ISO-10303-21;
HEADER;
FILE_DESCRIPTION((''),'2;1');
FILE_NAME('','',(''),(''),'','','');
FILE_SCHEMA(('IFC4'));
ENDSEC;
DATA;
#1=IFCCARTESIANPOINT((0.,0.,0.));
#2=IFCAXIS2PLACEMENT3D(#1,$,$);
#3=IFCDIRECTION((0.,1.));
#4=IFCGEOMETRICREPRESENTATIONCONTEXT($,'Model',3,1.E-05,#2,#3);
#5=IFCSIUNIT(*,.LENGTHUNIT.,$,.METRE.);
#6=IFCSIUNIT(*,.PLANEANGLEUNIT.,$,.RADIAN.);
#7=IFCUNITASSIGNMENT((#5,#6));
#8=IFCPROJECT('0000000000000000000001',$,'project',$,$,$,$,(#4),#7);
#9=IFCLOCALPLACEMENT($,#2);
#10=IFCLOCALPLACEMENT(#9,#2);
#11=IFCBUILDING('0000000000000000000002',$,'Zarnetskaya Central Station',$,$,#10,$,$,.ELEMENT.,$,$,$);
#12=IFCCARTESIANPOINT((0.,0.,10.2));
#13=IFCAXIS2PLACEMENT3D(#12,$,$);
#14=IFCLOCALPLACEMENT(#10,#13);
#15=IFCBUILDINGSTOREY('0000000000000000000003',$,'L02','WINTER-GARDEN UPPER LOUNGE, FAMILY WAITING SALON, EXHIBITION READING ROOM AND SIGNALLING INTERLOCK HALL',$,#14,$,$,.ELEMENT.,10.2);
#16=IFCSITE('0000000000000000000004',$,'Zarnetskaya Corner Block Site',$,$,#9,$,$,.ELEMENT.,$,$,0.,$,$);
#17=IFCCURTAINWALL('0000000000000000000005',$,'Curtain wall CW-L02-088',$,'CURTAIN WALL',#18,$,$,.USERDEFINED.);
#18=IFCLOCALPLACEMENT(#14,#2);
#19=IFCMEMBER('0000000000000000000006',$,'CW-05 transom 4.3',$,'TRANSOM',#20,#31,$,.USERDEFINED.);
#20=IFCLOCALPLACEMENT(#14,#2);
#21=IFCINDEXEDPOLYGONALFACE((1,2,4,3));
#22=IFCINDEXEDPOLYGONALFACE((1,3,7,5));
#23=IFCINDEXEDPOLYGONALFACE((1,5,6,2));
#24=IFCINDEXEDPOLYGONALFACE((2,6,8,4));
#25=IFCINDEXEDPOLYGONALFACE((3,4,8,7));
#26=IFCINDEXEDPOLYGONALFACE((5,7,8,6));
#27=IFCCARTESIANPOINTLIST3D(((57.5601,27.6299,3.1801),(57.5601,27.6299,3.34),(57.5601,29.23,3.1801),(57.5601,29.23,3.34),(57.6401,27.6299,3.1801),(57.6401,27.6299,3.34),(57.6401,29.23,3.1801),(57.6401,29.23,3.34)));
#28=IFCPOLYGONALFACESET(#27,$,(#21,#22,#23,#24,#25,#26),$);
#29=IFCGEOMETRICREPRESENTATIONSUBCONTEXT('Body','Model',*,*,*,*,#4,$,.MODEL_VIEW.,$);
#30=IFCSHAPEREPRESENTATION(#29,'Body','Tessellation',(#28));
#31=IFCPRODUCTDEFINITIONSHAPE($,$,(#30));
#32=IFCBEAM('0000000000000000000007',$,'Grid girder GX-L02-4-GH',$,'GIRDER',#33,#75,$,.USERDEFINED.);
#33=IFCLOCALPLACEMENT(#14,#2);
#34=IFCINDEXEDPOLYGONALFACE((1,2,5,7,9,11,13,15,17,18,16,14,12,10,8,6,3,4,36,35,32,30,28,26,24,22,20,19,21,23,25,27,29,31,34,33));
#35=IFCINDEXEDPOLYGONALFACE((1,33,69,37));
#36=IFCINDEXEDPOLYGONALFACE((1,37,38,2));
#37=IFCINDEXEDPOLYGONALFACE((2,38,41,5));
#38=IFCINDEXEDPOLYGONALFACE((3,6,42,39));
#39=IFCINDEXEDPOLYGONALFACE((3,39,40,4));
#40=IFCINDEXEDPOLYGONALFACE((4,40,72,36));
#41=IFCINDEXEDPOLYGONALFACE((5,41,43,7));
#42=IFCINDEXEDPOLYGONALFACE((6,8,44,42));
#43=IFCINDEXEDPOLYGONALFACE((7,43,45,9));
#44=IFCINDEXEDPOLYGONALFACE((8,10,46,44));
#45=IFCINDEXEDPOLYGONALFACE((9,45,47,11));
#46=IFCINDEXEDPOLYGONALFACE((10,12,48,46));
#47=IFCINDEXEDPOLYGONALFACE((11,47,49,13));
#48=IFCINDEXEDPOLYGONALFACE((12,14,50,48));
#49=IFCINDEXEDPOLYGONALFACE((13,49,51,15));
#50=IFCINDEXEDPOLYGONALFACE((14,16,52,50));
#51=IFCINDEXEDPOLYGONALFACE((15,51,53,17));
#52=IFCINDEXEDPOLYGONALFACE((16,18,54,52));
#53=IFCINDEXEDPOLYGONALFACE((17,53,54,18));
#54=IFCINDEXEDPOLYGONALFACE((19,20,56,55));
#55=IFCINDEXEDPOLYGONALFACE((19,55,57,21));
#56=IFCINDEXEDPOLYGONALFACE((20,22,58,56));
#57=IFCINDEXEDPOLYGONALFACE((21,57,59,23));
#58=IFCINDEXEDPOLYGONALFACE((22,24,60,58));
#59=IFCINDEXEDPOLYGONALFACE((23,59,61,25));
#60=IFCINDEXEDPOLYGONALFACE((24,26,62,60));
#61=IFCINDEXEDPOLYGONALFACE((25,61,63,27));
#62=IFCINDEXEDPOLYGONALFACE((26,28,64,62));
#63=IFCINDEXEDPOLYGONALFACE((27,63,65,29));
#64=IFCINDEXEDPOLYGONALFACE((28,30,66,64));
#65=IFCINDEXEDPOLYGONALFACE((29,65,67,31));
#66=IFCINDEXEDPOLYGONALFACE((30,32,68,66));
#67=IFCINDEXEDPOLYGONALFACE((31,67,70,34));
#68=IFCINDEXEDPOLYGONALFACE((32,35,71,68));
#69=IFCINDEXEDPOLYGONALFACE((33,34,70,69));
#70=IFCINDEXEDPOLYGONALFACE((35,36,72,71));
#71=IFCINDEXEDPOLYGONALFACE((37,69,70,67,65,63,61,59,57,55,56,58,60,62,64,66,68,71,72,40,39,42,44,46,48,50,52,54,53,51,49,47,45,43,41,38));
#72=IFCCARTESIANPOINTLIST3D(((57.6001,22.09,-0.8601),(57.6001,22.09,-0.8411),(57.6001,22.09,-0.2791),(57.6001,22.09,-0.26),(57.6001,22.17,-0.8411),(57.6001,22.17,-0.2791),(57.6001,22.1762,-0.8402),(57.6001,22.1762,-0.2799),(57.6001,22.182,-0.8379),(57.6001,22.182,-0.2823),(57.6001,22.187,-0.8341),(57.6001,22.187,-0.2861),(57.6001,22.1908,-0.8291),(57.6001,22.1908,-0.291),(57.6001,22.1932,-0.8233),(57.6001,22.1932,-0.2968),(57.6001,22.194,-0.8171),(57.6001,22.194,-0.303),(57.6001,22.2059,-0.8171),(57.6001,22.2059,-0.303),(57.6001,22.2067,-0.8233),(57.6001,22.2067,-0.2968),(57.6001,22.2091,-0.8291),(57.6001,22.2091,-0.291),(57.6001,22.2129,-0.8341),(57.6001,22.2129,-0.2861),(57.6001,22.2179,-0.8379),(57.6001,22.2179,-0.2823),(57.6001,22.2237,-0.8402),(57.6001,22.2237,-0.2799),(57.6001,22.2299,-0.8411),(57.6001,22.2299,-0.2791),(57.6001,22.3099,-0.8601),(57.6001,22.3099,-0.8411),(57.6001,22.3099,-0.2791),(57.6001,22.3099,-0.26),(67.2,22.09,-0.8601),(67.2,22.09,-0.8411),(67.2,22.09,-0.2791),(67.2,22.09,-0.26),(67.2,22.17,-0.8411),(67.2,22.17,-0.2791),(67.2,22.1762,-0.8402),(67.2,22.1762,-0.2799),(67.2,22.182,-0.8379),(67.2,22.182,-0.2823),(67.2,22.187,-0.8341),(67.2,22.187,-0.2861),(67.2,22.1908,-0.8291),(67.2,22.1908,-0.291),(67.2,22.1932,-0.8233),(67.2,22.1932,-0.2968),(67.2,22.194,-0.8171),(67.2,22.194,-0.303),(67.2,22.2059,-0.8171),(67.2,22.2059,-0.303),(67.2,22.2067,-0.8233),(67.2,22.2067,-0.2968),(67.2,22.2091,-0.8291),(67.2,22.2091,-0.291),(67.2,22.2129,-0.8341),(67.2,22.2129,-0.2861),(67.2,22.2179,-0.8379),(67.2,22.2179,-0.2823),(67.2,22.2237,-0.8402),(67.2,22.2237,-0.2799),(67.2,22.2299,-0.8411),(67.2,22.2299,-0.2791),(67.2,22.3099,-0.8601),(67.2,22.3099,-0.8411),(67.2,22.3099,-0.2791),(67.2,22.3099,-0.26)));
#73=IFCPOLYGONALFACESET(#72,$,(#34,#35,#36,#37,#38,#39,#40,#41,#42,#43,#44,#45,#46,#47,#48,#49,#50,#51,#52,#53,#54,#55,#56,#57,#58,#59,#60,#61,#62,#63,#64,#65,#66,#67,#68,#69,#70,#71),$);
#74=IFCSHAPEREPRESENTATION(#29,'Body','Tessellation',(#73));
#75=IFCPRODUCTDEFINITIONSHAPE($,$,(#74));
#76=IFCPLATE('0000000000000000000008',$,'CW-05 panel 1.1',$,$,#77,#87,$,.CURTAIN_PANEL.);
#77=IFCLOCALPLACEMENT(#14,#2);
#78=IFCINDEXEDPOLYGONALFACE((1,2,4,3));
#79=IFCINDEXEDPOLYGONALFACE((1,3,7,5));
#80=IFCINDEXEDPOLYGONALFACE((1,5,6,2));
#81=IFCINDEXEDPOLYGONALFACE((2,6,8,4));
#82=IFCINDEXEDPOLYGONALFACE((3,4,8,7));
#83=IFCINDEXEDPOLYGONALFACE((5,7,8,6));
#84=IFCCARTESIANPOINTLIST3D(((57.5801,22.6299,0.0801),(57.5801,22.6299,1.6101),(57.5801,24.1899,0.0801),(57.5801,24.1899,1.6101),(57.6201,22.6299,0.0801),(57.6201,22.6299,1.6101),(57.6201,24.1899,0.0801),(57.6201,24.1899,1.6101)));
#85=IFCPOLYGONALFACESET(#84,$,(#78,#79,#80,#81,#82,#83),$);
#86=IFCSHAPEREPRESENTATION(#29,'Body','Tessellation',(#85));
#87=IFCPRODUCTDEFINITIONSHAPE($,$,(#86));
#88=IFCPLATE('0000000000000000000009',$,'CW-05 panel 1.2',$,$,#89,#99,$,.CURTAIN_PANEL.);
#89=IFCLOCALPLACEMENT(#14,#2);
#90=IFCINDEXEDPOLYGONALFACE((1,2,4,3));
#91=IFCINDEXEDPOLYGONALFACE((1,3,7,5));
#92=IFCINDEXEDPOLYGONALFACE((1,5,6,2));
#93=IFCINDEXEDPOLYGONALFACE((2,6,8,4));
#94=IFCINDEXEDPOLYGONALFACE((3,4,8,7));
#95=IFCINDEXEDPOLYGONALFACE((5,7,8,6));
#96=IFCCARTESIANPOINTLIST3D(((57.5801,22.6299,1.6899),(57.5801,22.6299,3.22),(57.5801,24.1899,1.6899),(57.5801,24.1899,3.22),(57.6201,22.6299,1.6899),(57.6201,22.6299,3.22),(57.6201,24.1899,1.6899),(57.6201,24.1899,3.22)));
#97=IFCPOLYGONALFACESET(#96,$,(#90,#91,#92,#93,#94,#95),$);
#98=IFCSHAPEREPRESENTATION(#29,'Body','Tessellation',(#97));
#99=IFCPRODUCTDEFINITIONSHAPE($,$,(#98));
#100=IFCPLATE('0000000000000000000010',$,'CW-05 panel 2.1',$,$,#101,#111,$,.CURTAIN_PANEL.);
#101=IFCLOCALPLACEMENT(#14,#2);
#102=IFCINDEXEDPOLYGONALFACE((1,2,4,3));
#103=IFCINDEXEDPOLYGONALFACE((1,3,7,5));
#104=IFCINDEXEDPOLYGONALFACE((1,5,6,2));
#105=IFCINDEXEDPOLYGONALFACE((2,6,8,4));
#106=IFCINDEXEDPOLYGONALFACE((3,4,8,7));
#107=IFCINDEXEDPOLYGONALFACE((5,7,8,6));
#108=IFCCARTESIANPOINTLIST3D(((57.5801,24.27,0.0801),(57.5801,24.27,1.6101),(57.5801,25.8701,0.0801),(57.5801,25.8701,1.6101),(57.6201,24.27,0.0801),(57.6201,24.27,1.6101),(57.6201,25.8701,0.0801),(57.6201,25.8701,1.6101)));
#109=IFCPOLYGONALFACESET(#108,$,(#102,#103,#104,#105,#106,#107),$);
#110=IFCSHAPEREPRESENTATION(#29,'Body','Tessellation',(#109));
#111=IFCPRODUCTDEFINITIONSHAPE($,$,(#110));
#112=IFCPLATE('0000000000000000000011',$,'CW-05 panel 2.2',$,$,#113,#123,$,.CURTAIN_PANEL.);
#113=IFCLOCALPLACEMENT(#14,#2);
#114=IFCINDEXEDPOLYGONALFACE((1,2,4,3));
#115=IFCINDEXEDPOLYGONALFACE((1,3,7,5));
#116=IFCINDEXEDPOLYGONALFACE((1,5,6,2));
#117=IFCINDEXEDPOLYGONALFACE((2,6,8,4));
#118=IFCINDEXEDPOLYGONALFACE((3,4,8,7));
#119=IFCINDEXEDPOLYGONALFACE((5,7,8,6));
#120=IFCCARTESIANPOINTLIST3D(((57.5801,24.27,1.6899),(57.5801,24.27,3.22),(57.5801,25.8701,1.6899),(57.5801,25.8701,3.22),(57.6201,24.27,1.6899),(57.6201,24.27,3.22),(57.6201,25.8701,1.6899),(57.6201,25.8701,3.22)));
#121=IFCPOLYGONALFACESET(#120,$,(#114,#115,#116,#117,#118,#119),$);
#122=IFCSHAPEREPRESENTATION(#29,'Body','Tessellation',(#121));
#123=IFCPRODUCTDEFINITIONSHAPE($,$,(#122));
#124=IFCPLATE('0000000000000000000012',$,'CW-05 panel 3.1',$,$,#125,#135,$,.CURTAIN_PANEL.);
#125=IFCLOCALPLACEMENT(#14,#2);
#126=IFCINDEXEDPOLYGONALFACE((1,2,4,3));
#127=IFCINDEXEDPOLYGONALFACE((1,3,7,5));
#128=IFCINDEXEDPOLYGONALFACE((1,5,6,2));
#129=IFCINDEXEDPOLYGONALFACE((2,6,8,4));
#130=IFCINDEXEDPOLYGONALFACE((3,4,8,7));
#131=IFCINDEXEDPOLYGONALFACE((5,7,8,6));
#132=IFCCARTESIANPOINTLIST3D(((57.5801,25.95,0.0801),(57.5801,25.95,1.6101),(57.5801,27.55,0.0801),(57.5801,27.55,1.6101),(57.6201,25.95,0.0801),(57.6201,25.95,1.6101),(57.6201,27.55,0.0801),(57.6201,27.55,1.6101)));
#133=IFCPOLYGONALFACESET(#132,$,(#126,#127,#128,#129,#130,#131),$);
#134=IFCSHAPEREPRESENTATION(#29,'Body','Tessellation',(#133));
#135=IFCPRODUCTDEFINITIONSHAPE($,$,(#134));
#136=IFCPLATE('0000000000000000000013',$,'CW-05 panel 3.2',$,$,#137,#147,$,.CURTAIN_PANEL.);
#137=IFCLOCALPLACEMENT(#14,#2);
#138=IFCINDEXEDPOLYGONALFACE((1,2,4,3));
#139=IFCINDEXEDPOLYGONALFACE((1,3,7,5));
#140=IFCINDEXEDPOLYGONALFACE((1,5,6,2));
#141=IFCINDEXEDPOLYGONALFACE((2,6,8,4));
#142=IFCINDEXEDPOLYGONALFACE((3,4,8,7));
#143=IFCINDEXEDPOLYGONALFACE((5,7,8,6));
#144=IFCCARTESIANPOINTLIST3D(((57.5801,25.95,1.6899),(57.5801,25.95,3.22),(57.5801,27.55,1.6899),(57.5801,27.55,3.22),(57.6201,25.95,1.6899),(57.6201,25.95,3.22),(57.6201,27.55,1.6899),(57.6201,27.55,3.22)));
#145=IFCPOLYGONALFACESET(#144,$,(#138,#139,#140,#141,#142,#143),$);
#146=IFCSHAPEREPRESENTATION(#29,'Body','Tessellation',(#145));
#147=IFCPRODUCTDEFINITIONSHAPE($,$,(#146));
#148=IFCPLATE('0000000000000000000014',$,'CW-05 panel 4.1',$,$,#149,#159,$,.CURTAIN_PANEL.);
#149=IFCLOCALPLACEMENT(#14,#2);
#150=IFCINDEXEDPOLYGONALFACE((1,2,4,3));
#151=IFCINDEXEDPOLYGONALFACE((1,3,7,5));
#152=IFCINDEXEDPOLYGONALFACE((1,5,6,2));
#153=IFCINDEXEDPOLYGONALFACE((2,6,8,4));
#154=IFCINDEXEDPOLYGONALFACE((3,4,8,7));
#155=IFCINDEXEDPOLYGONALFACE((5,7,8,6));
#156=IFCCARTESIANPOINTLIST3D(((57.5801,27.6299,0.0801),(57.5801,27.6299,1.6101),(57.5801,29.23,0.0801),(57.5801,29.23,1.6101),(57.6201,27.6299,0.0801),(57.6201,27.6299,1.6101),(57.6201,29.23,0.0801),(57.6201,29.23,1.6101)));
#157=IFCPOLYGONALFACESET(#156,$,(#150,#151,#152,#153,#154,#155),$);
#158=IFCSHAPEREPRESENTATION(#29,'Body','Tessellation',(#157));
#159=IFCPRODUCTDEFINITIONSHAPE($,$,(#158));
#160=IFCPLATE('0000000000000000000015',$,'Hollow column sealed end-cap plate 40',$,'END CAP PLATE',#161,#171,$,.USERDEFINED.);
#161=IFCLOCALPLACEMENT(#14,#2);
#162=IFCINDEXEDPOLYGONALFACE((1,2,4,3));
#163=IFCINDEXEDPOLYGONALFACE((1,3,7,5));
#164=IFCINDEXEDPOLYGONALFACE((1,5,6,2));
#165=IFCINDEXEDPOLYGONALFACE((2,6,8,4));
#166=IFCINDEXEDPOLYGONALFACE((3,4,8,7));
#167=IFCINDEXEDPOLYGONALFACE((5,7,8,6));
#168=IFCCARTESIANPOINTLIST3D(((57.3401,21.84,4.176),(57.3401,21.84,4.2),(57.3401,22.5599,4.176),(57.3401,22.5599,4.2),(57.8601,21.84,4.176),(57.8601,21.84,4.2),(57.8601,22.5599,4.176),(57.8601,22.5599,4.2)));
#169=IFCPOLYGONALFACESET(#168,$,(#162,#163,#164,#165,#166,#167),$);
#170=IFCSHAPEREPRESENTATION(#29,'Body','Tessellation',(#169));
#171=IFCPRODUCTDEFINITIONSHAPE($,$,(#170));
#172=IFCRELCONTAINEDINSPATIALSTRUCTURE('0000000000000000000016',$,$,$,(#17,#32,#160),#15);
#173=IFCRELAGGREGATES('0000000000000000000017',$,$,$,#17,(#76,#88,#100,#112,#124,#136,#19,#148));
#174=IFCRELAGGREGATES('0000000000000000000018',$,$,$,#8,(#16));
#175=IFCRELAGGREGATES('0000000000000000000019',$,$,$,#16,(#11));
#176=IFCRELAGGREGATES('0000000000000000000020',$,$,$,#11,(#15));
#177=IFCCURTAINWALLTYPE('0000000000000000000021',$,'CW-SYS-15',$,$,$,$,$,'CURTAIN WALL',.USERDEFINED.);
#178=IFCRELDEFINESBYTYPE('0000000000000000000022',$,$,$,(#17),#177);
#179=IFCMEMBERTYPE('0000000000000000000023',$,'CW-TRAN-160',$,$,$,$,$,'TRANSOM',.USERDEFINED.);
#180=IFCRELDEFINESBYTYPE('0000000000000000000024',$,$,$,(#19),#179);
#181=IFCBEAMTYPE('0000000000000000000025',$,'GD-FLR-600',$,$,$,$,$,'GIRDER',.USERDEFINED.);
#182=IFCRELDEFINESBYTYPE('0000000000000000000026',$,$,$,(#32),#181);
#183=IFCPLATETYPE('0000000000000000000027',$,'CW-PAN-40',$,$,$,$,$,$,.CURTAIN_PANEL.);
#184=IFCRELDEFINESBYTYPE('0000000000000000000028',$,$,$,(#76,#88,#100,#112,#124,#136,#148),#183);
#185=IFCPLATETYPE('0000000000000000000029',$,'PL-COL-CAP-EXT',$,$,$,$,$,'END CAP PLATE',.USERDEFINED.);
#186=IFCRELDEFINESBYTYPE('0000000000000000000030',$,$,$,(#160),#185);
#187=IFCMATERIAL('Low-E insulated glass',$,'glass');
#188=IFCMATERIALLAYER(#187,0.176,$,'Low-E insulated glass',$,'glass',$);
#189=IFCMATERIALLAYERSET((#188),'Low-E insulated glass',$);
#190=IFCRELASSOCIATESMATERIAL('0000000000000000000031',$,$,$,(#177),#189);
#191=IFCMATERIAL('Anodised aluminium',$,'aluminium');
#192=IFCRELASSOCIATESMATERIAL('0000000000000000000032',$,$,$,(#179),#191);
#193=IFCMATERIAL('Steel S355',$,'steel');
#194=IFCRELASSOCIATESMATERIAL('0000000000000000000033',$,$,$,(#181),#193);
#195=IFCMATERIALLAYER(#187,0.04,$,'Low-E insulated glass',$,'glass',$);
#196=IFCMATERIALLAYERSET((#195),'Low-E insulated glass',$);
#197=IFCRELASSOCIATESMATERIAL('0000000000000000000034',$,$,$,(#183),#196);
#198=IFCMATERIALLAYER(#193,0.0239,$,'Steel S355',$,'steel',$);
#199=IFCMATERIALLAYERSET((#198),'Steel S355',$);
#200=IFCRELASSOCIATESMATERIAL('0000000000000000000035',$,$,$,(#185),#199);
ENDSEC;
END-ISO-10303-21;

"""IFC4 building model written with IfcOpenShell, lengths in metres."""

from ifc_helpers import new_model, si_unit, direction, frame, origin, origin_2d, place, context, subcontext, project, spatial, rectangle, i_section, extrude, material, layer, layer_set, material_profile, profile_set, type_object, element, aggregate, save


model = new_model("IFC4")

# Units and contexts
model_context = context("Model", 3, precision=1e-05, world=origin(), true_north=direction((0.0, 1.0)))
body_context = subcontext(model_context, "Body", "Model", "MODEL_VIEW")
ifc_project = project(units=[si_unit("LENGTHUNIT", "METRE"), si_unit("PLANEANGLEUNIT", "RADIAN")], contexts=[model_context])

# Site, building, storey
site_placement = place(None, origin())
site = spatial("IfcSite", under=ifc_project, at=site_placement, Name="Zarnetskaya Corner Block Site", CompositionType="ELEMENT", RefElevation=0.0)
building_placement = place(site_placement, origin())
building = spatial("IfcBuilding", under=site, at=building_placement, Name="Zarnetskaya Central Station", CompositionType="ELEMENT")
storey_placement = place(building_placement, frame((0.0, 0.0, 10.2)))
storey = spatial("IfcBuildingStorey", under=building, at=storey_placement, Name="L02", Description="WINTER-GARDEN UPPER LOUNGE, FAMILY WAITING SALON, EXHIBITION READING ROOM AND SIGNALLING INTERLOCK HALL", CompositionType="ELEMENT", Elevation=10.2)

# Curtain wall, member
ifc_material_1 = material(Name="Low-E insulated glass", Category="glass")
ifc_layer_1 = layer(ifc_material_1, 0.176, Name="Low-E insulated glass", Category="glass")
ifc_layer_set_1 = layer_set([ifc_layer_1], Name="Low-E insulated glass")
curtain_wall_type = type_object("IfcCurtainWallType", Name="CW-SYS-15", ElementType="CURTAIN WALL", PredefinedType="USERDEFINED", material=ifc_layer_set_1)
curtain_wall_placement = place(storey_placement, origin())
curtain_wall = element("IfcCurtainWall", 1, at=curtain_wall_placement, inside=storey, type_object=curtain_wall_type, Name="Curtain wall CW-L02-088", ObjectType="CURTAIN WALL", PredefinedType="USERDEFINED")
ifc_material_2 = material(Name="Anodised aluminium", Category="aluminium")
ifc_material_profile_1 = material_profile(ifc_material_2, rectangle(XDim=0.0801, YDim=0.1599, at=origin_2d()), Name="ALU TRAN 80x160")
ifc_profile_set_1 = profile_set([ifc_material_profile_1], Name="Anodised aluminium")
member_type_1 = type_object("IfcMemberType", Name="CW-TRAN-160", ElementType="TRANSOM", PredefinedType="USERDEFINED", material=ifc_profile_set_1)
member_1_placement = place(storey_placement, frame((57.6001, 27.6299, 3.26), z_axis=(0.0, 1.0, 0.0), x_axis=(-1.0, 0.0, 0.0)))
member_1 = element("IfcMember", 2, at=member_1_placement, type_object=member_type_1, Name="CW-05 transom 4.3", ObjectType="TRANSOM", PredefinedType="USERDEFINED", context=body_context, shape_type="SweptSolid", body=[
    extrude(rectangle(XDim=0.0801, YDim=0.1599, at=origin_2d()), origin(), (0.0, 0.0, 1.0), 1.6001),
])

# Beam
ifc_material_3 = material(Name="Steel S355", Category="steel")
ifc_material_profile_2 = material_profile(ifc_material_3, i_section(OverallWidth=0.22, OverallDepth=0.6001, WebThickness=0.012, FlangeThickness=0.019, FilletRadius=0.0239, at=origin_2d()), Name="IPE 600")
ifc_profile_set_2 = profile_set([ifc_material_profile_2], Name="Steel S355")
beam_type = type_object("IfcBeamType", Name="GD-FLR-600", ElementType="GIRDER", PredefinedType="USERDEFINED", material=ifc_profile_set_2)
beam_placement = place(storey_placement, frame((57.6001, 22.2, -0.5601), z_axis=(1.0, 0.0, 0.0), x_axis=(0.0, 1.0, 0.0)))
element("IfcBeam", 3, at=beam_placement, inside=storey, type_object=beam_type, Name="Grid girder GX-L02-4-GH", ObjectType="GIRDER", PredefinedType="USERDEFINED", context=body_context, shape_type="SweptSolid", body=[
    extrude(i_section(OverallWidth=0.22, OverallDepth=0.6001, WebThickness=0.012, FlangeThickness=0.019, FilletRadius=0.0239, at=origin_2d()), origin(), (0.0, 0.0, 1.0), 9.5999),
])

# Plates
ifc_layer_2 = layer(ifc_material_1, 0.04, Name="Low-E insulated glass", Category="glass")
ifc_layer_set_2 = layer_set([ifc_layer_2], Name="Low-E insulated glass")
plate_type_1 = type_object("IfcPlateType", Name="CW-PAN-40", PredefinedType="CURTAIN_PANEL", material=ifc_layer_set_2)
plate_1_placement = place(storey_placement, frame((57.6001, 23.4099, 0.0801), z_axis=(0.0, 0.0, 1.0), x_axis=(0.0, 1.0, 0.0)))
plate_1 = element("IfcPlate", 4, at=plate_1_placement, type_object=plate_type_1, Name="CW-05 panel 1.1", PredefinedType="CURTAIN_PANEL", context=body_context, shape_type="SweptSolid", body=[
    extrude(rectangle(XDim=1.5601, YDim=0.04, at=origin_2d()), origin(), (0.0, 0.0, 1.0), 1.53),
])
plate_2_placement = place(storey_placement, frame((57.6001, 23.4099, 1.6899), z_axis=(0.0, 0.0, 1.0), x_axis=(0.0, 1.0, 0.0)))
plate_2 = element("IfcPlate", 5, at=plate_2_placement, type_object=plate_type_1, Name="CW-05 panel 1.2", PredefinedType="CURTAIN_PANEL", context=body_context, shape_type="SweptSolid", body=[
    extrude(rectangle(XDim=1.5601, YDim=0.04, at=origin_2d()), origin(), (0.0, 0.0, 1.0), 1.53),
])
plate_3_placement = place(storey_placement, frame((57.6001, 25.0701, 0.0801), z_axis=(0.0, 0.0, 1.0), x_axis=(0.0, 1.0, 0.0)))
plate_3 = element("IfcPlate", 6, at=plate_3_placement, type_object=plate_type_1, Name="CW-05 panel 2.1", PredefinedType="CURTAIN_PANEL", context=body_context, shape_type="SweptSolid", body=[
    extrude(rectangle(XDim=1.6001, YDim=0.04, at=origin_2d()), origin(), (0.0, 0.0, 1.0), 1.53),
])
plate_4_placement = place(storey_placement, frame((57.6001, 25.0701, 1.6899), z_axis=(0.0, 0.0, 1.0), x_axis=(0.0, 1.0, 0.0)))
plate_4 = element("IfcPlate", 7, at=plate_4_placement, type_object=plate_type_1, Name="CW-05 panel 2.2", PredefinedType="CURTAIN_PANEL", context=body_context, shape_type="SweptSolid", body=[
    extrude(rectangle(XDim=1.6001, YDim=0.04, at=origin_2d()), origin(), (0.0, 0.0, 1.0), 1.53),
])
plate_5_placement = place(storey_placement, frame((57.6001, 26.75, 0.0801), z_axis=(0.0, 0.0, 1.0), x_axis=(0.0, 1.0, 0.0)))
plate_5 = element("IfcPlate", 8, at=plate_5_placement, type_object=plate_type_1, Name="CW-05 panel 3.1", PredefinedType="CURTAIN_PANEL", context=body_context, shape_type="SweptSolid", body=[
    extrude(rectangle(XDim=1.6001, YDim=0.04, at=origin_2d()), origin(), (0.0, 0.0, 1.0), 1.53),
])
plate_6_placement = place(storey_placement, frame((57.6001, 26.75, 1.6899), z_axis=(0.0, 0.0, 1.0), x_axis=(0.0, 1.0, 0.0)))
plate_6 = element("IfcPlate", 9, at=plate_6_placement, type_object=plate_type_1, Name="CW-05 panel 3.2", PredefinedType="CURTAIN_PANEL", context=body_context, shape_type="SweptSolid", body=[
    extrude(rectangle(XDim=1.6001, YDim=0.04, at=origin_2d()), origin(), (0.0, 0.0, 1.0), 1.53),
])
plate_7_placement = place(storey_placement, frame((57.6001, 28.4299, 0.0801), z_axis=(0.0, 0.0, 1.0), x_axis=(0.0, 1.0, 0.0)))
plate_7 = element("IfcPlate", 10, at=plate_7_placement, type_object=plate_type_1, Name="CW-05 panel 4.1", PredefinedType="CURTAIN_PANEL", context=body_context, shape_type="SweptSolid", body=[
    extrude(rectangle(XDim=1.6001, YDim=0.04, at=origin_2d()), origin(), (0.0, 0.0, 1.0), 1.53),
])
aggregate(curtain_wall, [plate_1, plate_2, plate_3, plate_4, plate_5, plate_6, member_1, plate_7])
ifc_layer_3 = layer(ifc_material_3, 0.0239, Name="Steel S355", Category="steel")
ifc_layer_set_3 = layer_set([ifc_layer_3], Name="Steel S355")
plate_type_2 = type_object("IfcPlateType", Name="PL-COL-CAP-EXT", ElementType="END CAP PLATE", PredefinedType="USERDEFINED", material=ifc_layer_set_3)
plate_8_placement = place(storey_placement, frame((57.6001, 22.2, 4.176), z_axis=(0.0, 0.0, 1.0), x_axis=(1.0, 0.0, 0.0)))
element("IfcPlate", 11, at=plate_8_placement, inside=storey, type_object=plate_type_2, Name="Hollow column sealed end-cap plate 40", ObjectType="END CAP PLATE", PredefinedType="USERDEFINED", context=body_context, shape_type="SweptSolid", body=[
    extrude(rectangle(XDim=0.52, YDim=0.72, at=origin_2d()), origin(), (0.0, 0.0, 1.0), 0.0239),
])

save(model, "model.ifc")
